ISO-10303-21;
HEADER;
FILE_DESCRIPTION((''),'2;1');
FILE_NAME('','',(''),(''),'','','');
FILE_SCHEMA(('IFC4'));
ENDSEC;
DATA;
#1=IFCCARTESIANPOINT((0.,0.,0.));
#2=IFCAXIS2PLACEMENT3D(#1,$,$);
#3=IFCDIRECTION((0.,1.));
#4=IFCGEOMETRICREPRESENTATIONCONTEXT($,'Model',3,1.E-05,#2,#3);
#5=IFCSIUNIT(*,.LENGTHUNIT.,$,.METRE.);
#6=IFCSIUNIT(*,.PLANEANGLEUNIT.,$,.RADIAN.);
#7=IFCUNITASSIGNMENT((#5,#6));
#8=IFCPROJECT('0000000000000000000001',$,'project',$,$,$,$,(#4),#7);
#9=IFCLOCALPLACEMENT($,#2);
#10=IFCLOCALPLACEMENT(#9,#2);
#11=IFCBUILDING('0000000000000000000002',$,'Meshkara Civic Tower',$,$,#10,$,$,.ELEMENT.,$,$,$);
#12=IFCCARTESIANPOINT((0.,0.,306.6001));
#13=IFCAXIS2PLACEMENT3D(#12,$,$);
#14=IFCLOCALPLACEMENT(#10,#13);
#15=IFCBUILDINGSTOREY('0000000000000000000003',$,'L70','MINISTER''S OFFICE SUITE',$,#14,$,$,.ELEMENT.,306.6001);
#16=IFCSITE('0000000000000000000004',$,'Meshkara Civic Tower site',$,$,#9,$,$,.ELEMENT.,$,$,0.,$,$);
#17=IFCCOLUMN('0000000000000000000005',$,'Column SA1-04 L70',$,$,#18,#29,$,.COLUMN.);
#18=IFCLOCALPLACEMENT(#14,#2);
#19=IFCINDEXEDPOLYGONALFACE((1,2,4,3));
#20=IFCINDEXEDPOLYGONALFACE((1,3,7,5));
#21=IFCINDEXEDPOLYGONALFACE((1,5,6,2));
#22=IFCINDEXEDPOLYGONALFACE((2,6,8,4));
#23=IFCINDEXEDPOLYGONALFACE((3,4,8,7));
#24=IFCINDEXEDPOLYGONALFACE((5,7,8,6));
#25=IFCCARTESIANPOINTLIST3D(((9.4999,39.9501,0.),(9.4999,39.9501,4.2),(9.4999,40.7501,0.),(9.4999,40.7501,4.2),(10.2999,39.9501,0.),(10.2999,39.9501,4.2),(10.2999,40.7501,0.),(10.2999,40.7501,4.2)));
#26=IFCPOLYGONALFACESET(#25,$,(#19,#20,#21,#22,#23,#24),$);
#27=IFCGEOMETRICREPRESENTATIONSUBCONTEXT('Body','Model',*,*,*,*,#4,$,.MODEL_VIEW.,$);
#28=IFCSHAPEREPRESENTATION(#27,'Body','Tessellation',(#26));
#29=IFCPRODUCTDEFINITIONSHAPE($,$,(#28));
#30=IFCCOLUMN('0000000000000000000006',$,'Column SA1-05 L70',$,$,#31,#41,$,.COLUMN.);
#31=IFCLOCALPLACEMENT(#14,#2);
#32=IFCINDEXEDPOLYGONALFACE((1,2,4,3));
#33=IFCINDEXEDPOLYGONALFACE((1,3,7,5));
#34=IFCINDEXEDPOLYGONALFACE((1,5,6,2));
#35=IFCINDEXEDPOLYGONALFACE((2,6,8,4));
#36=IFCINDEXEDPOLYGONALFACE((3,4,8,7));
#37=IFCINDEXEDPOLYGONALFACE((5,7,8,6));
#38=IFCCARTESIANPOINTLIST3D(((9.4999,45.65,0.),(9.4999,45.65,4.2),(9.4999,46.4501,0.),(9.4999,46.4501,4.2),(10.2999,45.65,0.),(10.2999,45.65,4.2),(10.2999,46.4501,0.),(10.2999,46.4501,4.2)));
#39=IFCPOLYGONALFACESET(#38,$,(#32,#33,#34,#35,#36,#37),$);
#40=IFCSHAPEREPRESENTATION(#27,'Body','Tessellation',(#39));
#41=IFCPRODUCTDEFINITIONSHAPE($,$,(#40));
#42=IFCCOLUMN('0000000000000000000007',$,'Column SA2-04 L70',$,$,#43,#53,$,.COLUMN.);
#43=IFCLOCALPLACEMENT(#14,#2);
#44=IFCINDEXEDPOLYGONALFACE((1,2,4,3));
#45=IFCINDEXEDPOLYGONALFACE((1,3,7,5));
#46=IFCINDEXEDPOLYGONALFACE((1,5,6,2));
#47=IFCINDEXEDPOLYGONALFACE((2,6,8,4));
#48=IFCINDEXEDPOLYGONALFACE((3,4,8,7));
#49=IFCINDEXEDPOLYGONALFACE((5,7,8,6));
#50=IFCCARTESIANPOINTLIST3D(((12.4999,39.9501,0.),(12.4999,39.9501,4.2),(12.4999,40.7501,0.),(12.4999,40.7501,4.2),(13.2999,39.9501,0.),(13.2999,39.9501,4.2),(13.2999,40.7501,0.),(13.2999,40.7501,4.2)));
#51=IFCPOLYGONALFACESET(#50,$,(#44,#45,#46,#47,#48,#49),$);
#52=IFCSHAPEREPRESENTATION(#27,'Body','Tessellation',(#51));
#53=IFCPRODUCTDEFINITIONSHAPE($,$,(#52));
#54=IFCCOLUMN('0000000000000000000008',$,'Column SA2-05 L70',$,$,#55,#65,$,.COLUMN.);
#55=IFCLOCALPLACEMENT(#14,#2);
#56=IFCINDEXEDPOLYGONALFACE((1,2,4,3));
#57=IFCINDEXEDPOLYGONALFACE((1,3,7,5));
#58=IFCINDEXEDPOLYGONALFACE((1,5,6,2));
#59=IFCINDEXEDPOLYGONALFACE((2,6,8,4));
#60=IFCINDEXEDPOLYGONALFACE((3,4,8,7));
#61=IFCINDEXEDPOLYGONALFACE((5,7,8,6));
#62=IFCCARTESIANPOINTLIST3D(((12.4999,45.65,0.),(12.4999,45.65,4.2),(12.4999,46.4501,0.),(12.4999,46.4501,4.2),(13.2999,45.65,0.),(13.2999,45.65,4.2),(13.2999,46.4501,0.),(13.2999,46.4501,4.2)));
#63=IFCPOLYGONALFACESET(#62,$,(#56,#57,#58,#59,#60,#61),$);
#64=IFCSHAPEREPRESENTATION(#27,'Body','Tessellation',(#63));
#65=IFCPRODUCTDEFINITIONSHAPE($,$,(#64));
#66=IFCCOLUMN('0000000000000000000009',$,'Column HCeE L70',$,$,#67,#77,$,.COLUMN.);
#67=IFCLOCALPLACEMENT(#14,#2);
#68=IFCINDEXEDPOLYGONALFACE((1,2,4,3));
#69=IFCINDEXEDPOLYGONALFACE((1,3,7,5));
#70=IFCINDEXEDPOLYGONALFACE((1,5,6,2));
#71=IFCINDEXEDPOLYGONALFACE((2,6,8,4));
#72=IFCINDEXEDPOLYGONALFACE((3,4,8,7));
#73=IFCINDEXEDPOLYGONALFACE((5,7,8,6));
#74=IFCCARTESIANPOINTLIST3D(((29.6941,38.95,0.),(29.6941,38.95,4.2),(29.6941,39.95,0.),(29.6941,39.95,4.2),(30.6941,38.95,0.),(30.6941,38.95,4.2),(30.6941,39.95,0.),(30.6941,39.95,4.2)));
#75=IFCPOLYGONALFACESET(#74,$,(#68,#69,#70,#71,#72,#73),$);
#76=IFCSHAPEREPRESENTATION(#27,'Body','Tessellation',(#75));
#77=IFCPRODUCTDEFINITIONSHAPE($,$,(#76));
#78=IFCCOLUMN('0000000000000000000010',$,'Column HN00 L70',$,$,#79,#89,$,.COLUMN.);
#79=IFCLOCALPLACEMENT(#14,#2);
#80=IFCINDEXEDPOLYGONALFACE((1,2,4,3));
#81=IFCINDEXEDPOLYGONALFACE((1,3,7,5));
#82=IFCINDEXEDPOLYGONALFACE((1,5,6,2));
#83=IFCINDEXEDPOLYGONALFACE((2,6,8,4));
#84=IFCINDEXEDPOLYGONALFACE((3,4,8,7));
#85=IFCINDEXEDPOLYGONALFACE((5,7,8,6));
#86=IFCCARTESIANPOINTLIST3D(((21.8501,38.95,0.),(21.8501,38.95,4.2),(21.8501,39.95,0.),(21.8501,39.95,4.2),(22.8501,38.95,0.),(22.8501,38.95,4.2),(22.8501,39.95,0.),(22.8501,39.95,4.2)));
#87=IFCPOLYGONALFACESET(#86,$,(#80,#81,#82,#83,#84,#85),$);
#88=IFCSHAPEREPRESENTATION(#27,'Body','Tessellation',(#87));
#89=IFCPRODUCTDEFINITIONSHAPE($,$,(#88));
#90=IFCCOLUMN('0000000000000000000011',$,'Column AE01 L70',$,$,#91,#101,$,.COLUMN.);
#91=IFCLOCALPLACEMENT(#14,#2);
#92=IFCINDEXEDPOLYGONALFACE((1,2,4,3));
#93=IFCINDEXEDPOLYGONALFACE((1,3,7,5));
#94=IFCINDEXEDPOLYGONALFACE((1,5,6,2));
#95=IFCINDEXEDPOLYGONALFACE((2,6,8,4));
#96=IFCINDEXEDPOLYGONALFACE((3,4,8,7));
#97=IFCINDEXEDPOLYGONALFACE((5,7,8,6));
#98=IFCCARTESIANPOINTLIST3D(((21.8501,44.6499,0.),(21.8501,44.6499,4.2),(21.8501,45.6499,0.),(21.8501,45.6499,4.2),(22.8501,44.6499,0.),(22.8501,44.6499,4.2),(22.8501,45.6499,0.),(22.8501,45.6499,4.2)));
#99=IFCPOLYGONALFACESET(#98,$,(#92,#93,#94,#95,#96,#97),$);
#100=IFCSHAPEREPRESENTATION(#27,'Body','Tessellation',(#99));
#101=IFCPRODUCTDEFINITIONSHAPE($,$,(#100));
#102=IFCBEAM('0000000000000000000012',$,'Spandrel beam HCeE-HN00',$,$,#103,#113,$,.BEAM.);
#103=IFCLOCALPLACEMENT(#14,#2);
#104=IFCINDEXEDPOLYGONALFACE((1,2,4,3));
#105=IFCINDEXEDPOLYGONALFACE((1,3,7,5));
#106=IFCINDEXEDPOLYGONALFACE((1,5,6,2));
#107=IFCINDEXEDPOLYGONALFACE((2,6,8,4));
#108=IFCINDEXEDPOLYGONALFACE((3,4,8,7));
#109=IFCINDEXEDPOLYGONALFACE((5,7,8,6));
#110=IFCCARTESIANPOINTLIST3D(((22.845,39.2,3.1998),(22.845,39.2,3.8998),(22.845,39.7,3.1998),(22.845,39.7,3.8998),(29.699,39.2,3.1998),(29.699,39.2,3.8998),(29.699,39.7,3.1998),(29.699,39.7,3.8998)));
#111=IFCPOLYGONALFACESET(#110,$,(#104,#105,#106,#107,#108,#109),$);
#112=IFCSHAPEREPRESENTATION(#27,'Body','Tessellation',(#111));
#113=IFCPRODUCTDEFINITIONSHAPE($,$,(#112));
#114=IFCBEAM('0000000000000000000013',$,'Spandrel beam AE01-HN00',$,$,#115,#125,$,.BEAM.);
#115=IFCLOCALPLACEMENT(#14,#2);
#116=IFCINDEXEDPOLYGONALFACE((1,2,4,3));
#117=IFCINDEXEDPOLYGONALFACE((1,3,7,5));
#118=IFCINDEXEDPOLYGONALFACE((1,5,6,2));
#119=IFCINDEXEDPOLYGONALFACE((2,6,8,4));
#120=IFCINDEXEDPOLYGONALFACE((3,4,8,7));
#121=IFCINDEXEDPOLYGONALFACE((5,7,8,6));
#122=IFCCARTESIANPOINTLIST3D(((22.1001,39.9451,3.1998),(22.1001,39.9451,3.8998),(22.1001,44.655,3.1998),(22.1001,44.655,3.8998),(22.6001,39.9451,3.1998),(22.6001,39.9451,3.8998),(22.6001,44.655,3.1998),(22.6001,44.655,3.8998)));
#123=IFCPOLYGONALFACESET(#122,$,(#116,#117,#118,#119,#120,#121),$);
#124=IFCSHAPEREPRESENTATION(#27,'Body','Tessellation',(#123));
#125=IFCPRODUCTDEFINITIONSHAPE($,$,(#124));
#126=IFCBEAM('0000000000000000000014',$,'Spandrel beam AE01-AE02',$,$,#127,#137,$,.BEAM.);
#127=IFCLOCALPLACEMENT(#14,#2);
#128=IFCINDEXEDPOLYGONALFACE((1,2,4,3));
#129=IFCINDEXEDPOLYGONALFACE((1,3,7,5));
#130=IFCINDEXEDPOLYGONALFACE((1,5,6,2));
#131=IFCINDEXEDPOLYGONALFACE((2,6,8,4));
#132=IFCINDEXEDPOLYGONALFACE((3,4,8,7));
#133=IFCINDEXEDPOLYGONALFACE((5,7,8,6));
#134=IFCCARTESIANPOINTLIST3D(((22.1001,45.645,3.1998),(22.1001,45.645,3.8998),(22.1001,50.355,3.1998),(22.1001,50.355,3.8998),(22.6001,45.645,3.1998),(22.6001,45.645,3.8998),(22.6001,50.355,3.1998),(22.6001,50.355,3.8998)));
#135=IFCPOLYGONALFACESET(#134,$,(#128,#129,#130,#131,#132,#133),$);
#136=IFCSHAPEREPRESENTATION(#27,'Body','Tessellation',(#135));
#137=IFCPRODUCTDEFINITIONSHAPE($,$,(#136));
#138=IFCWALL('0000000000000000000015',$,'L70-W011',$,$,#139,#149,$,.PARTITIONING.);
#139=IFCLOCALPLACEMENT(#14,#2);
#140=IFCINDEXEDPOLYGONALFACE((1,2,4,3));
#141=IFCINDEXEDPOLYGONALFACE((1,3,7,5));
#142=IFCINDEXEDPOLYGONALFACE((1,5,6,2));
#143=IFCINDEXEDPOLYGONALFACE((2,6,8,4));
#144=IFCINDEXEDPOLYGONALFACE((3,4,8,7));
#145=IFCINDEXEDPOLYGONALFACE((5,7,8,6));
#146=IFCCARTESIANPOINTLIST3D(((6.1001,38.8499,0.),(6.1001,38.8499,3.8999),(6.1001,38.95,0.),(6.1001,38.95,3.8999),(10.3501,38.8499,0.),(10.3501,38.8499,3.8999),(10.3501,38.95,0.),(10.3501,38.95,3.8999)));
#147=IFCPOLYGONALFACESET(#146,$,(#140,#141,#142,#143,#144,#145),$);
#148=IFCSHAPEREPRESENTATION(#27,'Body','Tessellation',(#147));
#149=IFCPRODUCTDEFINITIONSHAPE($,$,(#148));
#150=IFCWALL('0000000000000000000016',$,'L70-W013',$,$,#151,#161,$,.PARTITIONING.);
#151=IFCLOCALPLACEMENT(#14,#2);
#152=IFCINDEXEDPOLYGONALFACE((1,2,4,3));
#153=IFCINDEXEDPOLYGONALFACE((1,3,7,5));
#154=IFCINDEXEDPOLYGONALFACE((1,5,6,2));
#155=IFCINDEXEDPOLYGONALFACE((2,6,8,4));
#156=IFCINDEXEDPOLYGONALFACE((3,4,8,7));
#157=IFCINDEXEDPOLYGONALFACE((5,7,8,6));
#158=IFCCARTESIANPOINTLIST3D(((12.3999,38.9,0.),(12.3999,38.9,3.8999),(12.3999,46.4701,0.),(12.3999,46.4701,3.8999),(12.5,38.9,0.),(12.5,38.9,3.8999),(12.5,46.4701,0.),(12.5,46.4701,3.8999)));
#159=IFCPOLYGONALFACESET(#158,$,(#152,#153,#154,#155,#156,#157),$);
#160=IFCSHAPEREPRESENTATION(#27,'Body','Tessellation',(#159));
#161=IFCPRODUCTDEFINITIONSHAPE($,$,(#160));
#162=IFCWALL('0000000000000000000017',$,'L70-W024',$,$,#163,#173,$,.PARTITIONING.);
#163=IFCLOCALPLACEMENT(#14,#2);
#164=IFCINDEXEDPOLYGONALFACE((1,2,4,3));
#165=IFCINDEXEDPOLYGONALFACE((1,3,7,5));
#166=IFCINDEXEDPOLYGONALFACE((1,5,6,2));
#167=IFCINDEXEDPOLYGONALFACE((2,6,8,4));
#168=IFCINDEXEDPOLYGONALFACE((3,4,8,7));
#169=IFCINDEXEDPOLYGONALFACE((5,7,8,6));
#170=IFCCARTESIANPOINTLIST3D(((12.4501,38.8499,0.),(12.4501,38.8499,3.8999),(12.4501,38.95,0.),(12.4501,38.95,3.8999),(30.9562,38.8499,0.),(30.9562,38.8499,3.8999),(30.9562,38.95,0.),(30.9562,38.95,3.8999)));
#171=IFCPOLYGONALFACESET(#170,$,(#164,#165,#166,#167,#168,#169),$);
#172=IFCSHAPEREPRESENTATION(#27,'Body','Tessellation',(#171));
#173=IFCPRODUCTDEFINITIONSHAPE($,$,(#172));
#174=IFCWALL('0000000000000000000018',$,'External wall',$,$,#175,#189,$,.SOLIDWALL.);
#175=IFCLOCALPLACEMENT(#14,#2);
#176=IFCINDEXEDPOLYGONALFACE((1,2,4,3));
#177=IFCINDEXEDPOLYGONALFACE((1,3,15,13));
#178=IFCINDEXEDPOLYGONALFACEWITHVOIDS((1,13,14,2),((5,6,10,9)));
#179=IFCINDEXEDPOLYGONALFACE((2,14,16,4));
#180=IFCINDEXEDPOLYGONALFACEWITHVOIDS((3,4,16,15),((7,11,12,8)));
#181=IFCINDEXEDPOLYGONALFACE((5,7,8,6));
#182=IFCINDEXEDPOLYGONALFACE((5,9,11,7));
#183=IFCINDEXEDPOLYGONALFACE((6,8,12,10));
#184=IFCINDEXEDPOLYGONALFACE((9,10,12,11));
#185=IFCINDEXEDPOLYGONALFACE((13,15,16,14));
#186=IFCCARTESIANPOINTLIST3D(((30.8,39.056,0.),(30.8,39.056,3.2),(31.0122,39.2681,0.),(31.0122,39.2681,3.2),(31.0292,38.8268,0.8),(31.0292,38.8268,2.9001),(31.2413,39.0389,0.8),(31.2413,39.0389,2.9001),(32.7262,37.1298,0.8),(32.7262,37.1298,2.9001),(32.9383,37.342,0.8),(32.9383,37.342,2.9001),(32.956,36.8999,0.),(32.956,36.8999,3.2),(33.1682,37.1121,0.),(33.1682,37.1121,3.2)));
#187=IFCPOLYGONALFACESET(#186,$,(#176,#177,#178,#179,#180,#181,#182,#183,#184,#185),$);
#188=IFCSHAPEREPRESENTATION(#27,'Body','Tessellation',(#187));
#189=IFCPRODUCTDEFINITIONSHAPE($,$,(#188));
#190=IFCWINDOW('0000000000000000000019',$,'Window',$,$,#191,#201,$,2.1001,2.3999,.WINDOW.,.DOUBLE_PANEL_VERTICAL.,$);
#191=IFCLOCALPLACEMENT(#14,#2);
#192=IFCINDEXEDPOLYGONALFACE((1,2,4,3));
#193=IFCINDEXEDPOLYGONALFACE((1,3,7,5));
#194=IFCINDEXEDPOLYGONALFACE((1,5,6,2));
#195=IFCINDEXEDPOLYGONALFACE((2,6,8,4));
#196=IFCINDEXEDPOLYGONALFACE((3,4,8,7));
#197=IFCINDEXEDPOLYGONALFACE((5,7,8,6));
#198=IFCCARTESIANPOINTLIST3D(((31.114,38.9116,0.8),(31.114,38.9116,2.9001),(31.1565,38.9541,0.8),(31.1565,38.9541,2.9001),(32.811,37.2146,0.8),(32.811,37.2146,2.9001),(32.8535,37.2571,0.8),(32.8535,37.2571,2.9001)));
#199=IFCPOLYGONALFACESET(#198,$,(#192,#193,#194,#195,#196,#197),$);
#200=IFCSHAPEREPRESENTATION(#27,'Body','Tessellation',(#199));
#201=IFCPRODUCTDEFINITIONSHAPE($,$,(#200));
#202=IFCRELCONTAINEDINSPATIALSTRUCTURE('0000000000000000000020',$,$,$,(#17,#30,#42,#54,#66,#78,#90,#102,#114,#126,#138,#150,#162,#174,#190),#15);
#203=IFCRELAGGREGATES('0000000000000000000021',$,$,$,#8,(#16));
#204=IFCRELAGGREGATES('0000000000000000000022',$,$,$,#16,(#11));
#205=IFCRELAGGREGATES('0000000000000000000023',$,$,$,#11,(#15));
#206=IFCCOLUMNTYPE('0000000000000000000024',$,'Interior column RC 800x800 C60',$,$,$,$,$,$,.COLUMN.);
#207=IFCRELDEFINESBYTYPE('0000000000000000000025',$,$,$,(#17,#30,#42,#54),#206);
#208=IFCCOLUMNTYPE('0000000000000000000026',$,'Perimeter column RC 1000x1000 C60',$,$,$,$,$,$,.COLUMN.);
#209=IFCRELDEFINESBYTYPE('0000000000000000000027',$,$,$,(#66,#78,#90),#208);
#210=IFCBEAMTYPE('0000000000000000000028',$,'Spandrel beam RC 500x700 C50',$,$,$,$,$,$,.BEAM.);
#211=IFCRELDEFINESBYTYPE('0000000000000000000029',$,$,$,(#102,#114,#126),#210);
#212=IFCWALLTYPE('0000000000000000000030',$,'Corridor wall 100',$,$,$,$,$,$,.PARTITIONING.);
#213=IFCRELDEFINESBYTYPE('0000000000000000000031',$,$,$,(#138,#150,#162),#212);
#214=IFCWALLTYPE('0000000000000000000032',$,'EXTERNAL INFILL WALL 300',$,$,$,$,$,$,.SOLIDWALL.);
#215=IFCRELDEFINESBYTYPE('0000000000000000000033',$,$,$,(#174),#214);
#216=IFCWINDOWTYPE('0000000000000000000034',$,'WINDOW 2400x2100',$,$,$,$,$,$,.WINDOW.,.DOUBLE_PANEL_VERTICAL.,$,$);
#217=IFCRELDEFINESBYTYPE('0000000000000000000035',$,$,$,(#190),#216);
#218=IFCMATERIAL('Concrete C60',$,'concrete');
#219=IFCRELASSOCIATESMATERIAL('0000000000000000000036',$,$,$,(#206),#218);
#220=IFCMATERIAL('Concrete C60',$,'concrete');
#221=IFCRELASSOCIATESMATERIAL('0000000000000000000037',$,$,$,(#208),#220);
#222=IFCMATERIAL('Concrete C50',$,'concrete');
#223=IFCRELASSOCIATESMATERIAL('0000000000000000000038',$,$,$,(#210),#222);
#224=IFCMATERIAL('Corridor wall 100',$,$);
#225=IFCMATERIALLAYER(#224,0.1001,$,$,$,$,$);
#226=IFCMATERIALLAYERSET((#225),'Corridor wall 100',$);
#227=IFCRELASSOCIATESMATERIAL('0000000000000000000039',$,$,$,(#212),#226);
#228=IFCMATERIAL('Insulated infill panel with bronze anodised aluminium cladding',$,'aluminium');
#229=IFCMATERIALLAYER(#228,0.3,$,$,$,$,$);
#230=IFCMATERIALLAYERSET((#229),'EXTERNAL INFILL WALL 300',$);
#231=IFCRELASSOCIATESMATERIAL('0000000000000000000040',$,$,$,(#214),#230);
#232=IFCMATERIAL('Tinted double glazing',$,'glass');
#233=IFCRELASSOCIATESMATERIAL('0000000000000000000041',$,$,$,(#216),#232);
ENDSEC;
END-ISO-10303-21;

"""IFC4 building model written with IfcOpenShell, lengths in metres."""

from ifc_helpers import new_model, si_unit, direction, frame, frame_2d, origin, origin_2d, place, context, subcontext, project, spatial, rectangle, extrude, material, layer, layer_set, material_profile, profile_set, type_object, element, fill, save


model = new_model("IFC4")

# Units and contexts
model_context = context("Model", 3, precision=1e-05, world=origin(), true_north=direction((0.0, 1.0)))
body_context = subcontext(model_context, "Body", "Model", "MODEL_VIEW")
ifc_project = project(units=[si_unit("LENGTHUNIT", "METRE"), si_unit("PLANEANGLEUNIT", "RADIAN")], contexts=[model_context])

# Site, building, storey
site_placement = place(None, origin())
site = spatial("IfcSite", under=ifc_project, at=site_placement, Name="Meshkara Civic Tower site", CompositionType="ELEMENT", RefElevation=0.0)
building_placement = place(site_placement, origin())
building = spatial("IfcBuilding", under=site, at=building_placement, Name="Meshkara Civic Tower", CompositionType="ELEMENT")
storey_placement = place(building_placement, frame((0.0, 0.0, 306.6001)))
storey = spatial("IfcBuildingStorey", under=building, at=storey_placement, Name="L70", Description="MINISTER'S OFFICE SUITE", CompositionType="ELEMENT", Elevation=306.6001)

# Columns
ifc_material_1 = material(Name="Concrete C60", Category="concrete")
ifc_material_profile_1 = material_profile(ifc_material_1, rectangle(XDim=0.8, YDim=0.8, at=origin_2d()))
ifc_profile_set_1 = profile_set([ifc_material_profile_1], Name="Concrete C60")
column_type_1 = type_object("IfcColumnType", Name="Interior column RC 800x800 C60", PredefinedType="COLUMN", material=ifc_profile_set_1)
for number, where, z_axis, x_axis, name in (
    (1, (9.8999, 40.3501, 0.0), (0.0, 0.0, 1.0), (1.0, 0.0, 0.0), "Column SA1-04 L70"),
    (2, (9.8999, 46.05, 0.0), (0.0, 0.0, 1.0), (1.0, 0.0, 0.0), "Column SA1-05 L70"),
    (3, (12.8999, 40.3501, 0.0), (0.0, 0.0, 1.0), (1.0, 0.0, 0.0), "Column SA2-04 L70"),
    (4, (12.8999, 46.05, 0.0), (0.0, 0.0, 1.0), (1.0, 0.0, 0.0), "Column SA2-05 L70"),
):
    element("IfcColumn", number, at=place(storey_placement, frame(where, z_axis=z_axis, x_axis=x_axis)), inside=storey, type_object=column_type_1, Name=name, PredefinedType="COLUMN", context=body_context, shape_type="SweptSolid", body=[
        extrude(rectangle(XDim=0.8, YDim=0.8, at=origin_2d()), origin(), (0.0, 0.0, 1.0), 4.2),
    ])
ifc_material_2 = material(Name="Concrete C60", Category="concrete")
ifc_material_profile_2 = material_profile(ifc_material_2, rectangle(XDim=1.0, YDim=1.0, at=origin_2d()))
ifc_profile_set_2 = profile_set([ifc_material_profile_2], Name="Concrete C60")
column_type_2 = type_object("IfcColumnType", Name="Perimeter column RC 1000x1000 C60", PredefinedType="COLUMN", material=ifc_profile_set_2)
for number, where, z_axis, x_axis, name in (
    (5, (30.1941, 39.45, 0.0), (0.0, 0.0, 1.0), (1.0, 0.0, 0.0), "Column HCeE L70"),
    (6, (22.3501, 39.45, 0.0), (0.0, 0.0, 1.0), (1.0, 0.0, 0.0), "Column HN00 L70"),
    (7, (22.3501, 45.1499, 0.0), (0.0, 0.0, 1.0), (1.0, 0.0, 0.0), "Column AE01 L70"),
):
    element("IfcColumn", number, at=place(storey_placement, frame(where, z_axis=z_axis, x_axis=x_axis)), inside=storey, type_object=column_type_2, Name=name, PredefinedType="COLUMN", context=body_context, shape_type="SweptSolid", body=[
        extrude(rectangle(XDim=1.0, YDim=1.0, at=origin_2d()), origin(), (0.0, 0.0, 1.0), 4.2),
    ])

# Beams
ifc_material_3 = material(Name="Concrete C50", Category="concrete")
ifc_material_profile_3 = material_profile(ifc_material_3, rectangle(XDim=0.5, YDim=0.7, at=origin_2d()))
ifc_profile_set_3 = profile_set([ifc_material_profile_3], Name="Concrete C50")
beam_type = type_object("IfcBeamType", Name="Spandrel beam RC 500x700 C50", PredefinedType="BEAM", material=ifc_profile_set_3)
beam_placement = place(storey_placement, frame((29.699, 39.45, 3.5498), z_axis=(-1.0, 0.0, 0.0), x_axis=(0.0, -1.0, 0.0)))
element("IfcBeam", 8, at=beam_placement, inside=storey, type_object=beam_type, Name="Spandrel beam HCeE-HN00", PredefinedType="BEAM", context=body_context, shape_type="SweptSolid", body=[
    extrude(rectangle(XDim=0.5, YDim=0.7, at=origin_2d()), origin(), (0.0, 0.0, 1.0), 6.854),
])
for number, where, z_axis, x_axis, name in (
    (9, (22.3501, 39.9451, 3.5498), (0.0, 1.0, 0.0), (-1.0, 0.0, 0.0), "Spandrel beam AE01-HN00"),
    (10, (22.3501, 45.645, 3.5498), (0.0, 1.0, 0.0), (-1.0, 0.0, 0.0), "Spandrel beam AE01-AE02"),
):
    element("IfcBeam", number, at=place(storey_placement, frame(where, z_axis=z_axis, x_axis=x_axis)), inside=storey, type_object=beam_type, Name=name, PredefinedType="BEAM", context=body_context, shape_type="SweptSolid", body=[
        extrude(rectangle(XDim=0.5, YDim=0.7, at=origin_2d()), origin(), (0.0, 0.0, 1.0), 4.71),
    ])

# Walls
ifc_material_4 = material(Name="Corridor wall 100")
ifc_layer_1 = layer(ifc_material_4, 0.1001)
ifc_layer_set_1 = layer_set([ifc_layer_1], Name="Corridor wall 100")
wall_type_1 = type_object("IfcWallType", Name="Corridor wall 100", PredefinedType="PARTITIONING", material=ifc_layer_set_1)
wall_1_placement = place(storey_placement, frame((10.3501, 38.8999, 0.0), z_axis=(0.0, 0.0, 1.0), x_axis=(-1.0, 0.0, 0.0)))
element("IfcWall", 11, at=wall_1_placement, inside=storey, type_object=wall_type_1, Name="L70-W011", PredefinedType="PARTITIONING", context=body_context, shape_type="SweptSolid", body=[
    extrude(rectangle(XDim=4.25, YDim=0.1001, at=frame_2d((2.125, 0.0))), origin(), (0.0, 0.0, 1.0), 3.8999),
])
wall_2_placement = place(storey_placement, frame((12.45, 38.8999, 0.0), z_axis=(0.0, 0.0, 1.0), x_axis=(0.0, 1.0, 0.0)))
element("IfcWall", 12, at=wall_2_placement, inside=storey, type_object=wall_type_1, Name="L70-W013", PredefinedType="PARTITIONING", context=body_context, shape_type="SweptSolid", body=[
    extrude(rectangle(XDim=7.5701, YDim=0.1001, at=frame_2d((3.7852, 0.0))), origin(), (0.0, 0.0, 1.0), 3.8999),
])
wall_3_placement = place(storey_placement, frame((30.9561, 38.8999, 0.0), z_axis=(0.0, 0.0, 1.0), x_axis=(-1.0, 0.0, 0.0)))
element("IfcWall", 13, at=wall_3_placement, inside=storey, type_object=wall_type_1, Name="L70-W024", PredefinedType="PARTITIONING", context=body_context, shape_type="SweptSolid", body=[
    extrude(rectangle(XDim=18.5061, YDim=0.1001, at=frame_2d((9.2529, 0.0))), origin(), (0.0, 0.0, 1.0), 3.8999),
])

# Wall, opening, window
ifc_material_5 = material(Name="Insulated infill panel with bronze anodised aluminium cladding", Category="aluminium")
ifc_layer_2 = layer(ifc_material_5, 0.3)
ifc_layer_set_2 = layer_set([ifc_layer_2], Name="EXTERNAL INFILL WALL 300")
wall_type_2 = type_object("IfcWallType", Name="EXTERNAL INFILL WALL 300", PredefinedType="SOLIDWALL", material=ifc_layer_set_2)
wall_4_placement = place(storey_placement, frame((33.062, 37.0061, 0.0), z_axis=(0.0, 0.0, 1.0), x_axis=(-0.707107, 0.707107, 0.0)))
wall_4 = element("IfcWall", 14, at=wall_4_placement, inside=storey, type_object=wall_type_2, Name="External wall", PredefinedType="SOLIDWALL", context=body_context, shape_type="SweptSolid", body=[
    extrude(rectangle(XDim=3.0491, YDim=0.3, at=frame_2d((1.5244, 0.0))), origin(), (0.0, 0.0, 1.0), 3.2),
])
opening_1_placement = place(wall_4_placement, frame((0.325, 0.0, 0.8)))
opening_1 = element("IfcOpeningElement", 15, at=opening_1_placement, cuts=wall_4, PredefinedType="OPENING", context=body_context, shape_type="SweptSolid", body=[
    extrude(rectangle(XDim=2.3999, YDim=2.1001, at=frame_2d((1.2, 1.05))), frame((0.0, 0.1599, 0.0), z_axis=(0.0, -1.0, 0.0), x_axis=(1.0, 0.0, 0.0)), (0.0, 0.0, 1.0), 0.3201),
])
ifc_material_6 = material(Name="Tinted double glazing", Category="glass")
window_type = type_object("IfcWindowType", Name="WINDOW 2400x2100", PartitioningType="DOUBLE_PANEL_VERTICAL", PredefinedType="WINDOW", material=ifc_material_6)
window_1_placement = place(opening_1_placement, origin())
window_1 = element("IfcWindow", 16, at=window_1_placement, inside=storey, type_object=window_type, Name="Window", OverallHeight=2.1001, OverallWidth=2.3999, PartitioningType="DOUBLE_PANEL_VERTICAL", PredefinedType="WINDOW", context=body_context, shape_type="SweptSolid", body=[
    extrude(rectangle(XDim=2.3999, YDim=2.1001, at=frame_2d((1.2, 1.05))), frame((0.0, 0.03, 0.0), z_axis=(0.0, -1.0, 0.0), x_axis=(1.0, 0.0, 0.0)), (0.0, 0.0, 1.0), 0.0601),
])
fill(opening_1, window_1)

save(model, "model.ifc")
